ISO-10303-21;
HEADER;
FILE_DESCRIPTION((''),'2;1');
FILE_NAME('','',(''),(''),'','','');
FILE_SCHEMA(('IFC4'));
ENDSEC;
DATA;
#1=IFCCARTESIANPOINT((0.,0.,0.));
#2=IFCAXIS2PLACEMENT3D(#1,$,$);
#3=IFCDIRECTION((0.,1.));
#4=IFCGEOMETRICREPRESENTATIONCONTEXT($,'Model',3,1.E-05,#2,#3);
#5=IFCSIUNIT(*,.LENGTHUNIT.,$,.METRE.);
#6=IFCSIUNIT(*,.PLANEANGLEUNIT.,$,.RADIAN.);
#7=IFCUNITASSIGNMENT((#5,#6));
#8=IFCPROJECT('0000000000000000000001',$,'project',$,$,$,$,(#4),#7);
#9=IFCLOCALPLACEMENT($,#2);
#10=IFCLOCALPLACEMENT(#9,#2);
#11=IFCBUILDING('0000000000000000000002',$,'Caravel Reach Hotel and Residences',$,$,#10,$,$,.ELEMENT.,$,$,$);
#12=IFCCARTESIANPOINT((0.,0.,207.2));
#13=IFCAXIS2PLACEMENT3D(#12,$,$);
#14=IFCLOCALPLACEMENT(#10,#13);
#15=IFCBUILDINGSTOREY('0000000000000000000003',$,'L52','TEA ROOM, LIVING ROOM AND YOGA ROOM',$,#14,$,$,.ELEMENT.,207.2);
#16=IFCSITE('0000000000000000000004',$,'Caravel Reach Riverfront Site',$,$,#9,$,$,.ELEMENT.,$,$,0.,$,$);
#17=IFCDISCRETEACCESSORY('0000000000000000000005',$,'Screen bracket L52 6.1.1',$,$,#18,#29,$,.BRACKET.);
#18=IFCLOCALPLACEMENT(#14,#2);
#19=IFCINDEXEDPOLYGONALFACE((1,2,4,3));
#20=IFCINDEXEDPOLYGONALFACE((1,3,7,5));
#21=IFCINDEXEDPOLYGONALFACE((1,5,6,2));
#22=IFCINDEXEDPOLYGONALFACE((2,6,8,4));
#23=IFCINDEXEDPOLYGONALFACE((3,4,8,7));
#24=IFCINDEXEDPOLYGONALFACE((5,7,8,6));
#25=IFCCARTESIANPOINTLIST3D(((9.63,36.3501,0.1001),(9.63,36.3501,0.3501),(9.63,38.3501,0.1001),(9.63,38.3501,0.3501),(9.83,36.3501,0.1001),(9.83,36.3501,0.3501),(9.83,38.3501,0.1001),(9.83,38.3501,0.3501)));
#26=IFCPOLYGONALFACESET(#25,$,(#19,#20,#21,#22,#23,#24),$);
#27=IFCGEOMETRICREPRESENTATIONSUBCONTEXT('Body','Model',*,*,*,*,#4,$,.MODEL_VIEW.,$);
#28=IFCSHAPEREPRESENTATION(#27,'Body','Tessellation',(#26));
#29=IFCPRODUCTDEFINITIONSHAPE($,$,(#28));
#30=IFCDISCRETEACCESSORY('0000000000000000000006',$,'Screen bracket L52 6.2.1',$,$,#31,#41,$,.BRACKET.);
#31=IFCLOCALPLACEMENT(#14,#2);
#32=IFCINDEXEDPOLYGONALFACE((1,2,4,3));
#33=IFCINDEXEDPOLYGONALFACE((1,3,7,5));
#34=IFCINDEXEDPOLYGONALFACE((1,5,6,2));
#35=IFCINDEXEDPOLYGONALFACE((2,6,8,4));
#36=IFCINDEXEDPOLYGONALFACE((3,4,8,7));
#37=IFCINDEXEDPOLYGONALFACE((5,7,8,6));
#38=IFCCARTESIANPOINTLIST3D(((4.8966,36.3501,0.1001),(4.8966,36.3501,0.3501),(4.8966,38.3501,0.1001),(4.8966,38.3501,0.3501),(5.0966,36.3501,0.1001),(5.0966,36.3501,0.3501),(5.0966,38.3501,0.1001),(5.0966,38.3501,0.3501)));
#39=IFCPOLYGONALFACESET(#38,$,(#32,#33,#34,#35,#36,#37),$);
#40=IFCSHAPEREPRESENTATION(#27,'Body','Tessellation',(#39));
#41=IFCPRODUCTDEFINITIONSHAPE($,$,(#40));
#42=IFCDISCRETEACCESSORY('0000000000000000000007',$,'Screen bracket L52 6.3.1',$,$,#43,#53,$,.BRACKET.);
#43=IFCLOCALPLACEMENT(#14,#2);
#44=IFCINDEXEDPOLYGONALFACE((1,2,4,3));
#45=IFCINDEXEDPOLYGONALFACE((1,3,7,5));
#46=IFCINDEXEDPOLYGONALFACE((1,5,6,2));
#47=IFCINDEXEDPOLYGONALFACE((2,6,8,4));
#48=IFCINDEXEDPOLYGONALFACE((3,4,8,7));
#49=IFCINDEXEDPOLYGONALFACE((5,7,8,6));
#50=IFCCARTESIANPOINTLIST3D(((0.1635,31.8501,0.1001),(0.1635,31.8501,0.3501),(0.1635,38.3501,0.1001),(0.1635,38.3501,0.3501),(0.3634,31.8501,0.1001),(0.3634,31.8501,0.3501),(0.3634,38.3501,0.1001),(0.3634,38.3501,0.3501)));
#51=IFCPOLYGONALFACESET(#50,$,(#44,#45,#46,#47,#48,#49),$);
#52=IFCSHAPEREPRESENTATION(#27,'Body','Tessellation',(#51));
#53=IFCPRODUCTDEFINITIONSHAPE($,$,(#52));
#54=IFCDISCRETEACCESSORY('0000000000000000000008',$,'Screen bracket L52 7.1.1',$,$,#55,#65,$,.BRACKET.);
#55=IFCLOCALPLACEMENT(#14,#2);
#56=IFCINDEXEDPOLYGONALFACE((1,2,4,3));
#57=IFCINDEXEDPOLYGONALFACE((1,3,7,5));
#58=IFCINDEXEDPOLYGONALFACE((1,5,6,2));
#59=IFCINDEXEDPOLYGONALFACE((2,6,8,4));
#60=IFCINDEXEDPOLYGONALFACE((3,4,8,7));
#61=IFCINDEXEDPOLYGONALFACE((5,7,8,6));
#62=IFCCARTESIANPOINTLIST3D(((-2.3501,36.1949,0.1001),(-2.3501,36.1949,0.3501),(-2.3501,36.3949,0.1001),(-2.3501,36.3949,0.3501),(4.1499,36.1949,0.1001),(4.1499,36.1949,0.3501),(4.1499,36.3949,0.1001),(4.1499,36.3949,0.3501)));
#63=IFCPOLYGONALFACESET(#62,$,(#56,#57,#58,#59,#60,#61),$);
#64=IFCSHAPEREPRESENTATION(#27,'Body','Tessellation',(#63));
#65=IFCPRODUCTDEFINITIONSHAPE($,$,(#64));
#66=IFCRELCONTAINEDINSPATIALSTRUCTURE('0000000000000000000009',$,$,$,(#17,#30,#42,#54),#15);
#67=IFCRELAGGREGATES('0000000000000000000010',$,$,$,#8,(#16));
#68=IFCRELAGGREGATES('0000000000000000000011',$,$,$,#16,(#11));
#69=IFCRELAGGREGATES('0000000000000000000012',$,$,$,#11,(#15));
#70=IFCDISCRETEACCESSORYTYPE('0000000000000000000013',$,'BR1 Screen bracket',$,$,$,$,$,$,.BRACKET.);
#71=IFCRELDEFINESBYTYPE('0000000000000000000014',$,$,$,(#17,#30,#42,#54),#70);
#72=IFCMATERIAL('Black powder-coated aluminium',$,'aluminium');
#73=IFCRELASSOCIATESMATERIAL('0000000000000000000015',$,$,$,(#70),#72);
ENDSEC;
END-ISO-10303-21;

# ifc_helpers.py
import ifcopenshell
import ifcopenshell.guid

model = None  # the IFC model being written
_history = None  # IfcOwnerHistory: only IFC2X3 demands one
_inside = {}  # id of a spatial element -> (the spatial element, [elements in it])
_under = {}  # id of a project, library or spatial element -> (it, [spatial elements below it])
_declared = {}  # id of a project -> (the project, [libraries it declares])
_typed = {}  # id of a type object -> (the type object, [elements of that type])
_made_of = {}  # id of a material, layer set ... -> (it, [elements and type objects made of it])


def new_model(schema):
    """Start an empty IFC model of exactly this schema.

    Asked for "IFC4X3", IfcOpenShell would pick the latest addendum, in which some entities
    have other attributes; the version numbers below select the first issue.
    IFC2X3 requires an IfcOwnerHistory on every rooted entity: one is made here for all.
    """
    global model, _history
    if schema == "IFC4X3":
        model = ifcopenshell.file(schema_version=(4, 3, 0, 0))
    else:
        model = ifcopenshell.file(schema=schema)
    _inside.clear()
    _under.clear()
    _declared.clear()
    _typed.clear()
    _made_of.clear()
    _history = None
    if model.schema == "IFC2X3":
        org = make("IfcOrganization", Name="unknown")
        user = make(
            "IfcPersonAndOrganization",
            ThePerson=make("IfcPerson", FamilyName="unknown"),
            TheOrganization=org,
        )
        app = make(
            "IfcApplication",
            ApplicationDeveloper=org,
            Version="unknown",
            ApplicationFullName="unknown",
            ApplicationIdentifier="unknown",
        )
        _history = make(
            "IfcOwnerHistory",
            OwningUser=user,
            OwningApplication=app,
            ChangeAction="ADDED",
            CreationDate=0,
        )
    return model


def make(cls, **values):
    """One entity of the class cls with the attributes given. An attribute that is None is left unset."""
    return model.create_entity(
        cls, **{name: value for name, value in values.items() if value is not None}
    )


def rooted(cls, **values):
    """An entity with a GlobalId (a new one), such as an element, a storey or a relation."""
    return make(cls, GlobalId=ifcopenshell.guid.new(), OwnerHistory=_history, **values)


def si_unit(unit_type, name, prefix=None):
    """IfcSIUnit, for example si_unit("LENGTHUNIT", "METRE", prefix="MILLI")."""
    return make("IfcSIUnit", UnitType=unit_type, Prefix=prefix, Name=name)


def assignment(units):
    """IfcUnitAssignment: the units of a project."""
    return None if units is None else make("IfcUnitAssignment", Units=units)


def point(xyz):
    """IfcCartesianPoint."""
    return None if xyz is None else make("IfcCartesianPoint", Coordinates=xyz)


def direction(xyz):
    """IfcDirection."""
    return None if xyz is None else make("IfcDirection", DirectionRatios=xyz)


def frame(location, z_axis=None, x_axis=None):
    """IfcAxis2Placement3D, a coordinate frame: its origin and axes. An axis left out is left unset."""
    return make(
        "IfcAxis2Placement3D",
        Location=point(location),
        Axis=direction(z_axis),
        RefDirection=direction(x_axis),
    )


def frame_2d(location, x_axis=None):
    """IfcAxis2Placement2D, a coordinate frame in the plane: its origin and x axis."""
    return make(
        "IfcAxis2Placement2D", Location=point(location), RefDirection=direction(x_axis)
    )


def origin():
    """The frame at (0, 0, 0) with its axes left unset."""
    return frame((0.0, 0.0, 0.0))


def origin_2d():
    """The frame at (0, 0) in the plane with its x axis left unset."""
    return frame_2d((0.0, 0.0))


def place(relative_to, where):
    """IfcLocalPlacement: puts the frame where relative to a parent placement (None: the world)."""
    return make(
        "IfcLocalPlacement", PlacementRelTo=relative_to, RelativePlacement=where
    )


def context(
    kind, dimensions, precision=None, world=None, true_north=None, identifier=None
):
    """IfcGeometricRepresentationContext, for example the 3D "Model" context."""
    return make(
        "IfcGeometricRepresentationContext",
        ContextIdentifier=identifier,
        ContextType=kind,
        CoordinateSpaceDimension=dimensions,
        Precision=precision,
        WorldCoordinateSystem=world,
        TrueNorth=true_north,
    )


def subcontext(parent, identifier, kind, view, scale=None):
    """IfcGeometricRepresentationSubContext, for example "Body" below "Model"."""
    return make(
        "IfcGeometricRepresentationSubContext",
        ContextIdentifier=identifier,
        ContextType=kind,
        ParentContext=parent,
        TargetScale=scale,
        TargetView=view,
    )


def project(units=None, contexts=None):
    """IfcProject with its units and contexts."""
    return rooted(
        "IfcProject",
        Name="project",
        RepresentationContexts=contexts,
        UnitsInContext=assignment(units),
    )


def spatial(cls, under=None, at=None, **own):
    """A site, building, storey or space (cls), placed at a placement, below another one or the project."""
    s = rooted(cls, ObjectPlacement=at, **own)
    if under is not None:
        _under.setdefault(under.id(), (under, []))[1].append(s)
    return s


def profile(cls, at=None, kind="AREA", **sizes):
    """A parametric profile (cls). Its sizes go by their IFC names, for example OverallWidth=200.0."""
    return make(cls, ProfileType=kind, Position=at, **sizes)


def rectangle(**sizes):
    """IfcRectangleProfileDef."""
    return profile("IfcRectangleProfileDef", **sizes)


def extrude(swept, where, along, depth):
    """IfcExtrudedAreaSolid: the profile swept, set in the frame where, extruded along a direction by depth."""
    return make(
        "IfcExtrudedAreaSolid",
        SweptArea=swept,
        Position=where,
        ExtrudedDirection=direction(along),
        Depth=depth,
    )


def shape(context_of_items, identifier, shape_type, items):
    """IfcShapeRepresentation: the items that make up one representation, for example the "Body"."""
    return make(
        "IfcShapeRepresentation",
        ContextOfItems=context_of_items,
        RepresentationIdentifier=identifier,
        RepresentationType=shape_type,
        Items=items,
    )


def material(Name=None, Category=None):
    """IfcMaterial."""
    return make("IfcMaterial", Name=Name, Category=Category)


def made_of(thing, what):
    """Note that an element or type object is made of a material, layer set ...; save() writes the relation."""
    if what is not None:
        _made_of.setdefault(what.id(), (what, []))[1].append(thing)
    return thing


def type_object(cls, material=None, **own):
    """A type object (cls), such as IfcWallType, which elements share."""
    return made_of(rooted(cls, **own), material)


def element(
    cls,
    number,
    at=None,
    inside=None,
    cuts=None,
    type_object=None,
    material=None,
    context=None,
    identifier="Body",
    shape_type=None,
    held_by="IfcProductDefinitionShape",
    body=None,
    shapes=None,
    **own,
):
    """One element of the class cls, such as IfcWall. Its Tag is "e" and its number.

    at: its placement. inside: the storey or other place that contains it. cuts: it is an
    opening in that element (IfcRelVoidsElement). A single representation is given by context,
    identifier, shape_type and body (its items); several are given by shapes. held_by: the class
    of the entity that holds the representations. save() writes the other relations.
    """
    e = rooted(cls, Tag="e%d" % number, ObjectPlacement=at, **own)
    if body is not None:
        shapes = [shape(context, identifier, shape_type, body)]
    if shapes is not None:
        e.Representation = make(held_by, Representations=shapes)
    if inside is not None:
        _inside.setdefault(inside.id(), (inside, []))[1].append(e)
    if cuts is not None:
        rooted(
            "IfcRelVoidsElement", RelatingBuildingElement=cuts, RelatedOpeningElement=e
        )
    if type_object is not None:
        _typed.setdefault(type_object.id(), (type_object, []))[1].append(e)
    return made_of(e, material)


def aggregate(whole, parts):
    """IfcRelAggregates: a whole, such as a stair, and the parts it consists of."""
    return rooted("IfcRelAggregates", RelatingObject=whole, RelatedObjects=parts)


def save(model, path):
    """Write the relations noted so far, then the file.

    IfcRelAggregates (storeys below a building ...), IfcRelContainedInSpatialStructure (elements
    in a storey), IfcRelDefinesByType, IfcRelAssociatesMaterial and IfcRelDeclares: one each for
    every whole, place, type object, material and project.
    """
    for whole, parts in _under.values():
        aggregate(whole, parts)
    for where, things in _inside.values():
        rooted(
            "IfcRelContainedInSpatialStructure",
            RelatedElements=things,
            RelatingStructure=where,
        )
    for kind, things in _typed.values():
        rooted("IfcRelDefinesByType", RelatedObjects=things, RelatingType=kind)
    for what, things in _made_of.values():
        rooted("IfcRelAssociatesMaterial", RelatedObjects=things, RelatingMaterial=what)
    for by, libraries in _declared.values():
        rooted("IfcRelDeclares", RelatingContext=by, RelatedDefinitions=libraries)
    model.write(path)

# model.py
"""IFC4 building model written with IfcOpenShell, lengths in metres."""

from ifc_helpers import new_model, si_unit, direction, frame, origin, origin_2d, place, context, subcontext, project, spatial, rectangle, extrude, material, type_object, element, save


model = new_model("IFC4")

# Units and contexts
model_context = context("Model", 3, precision=1e-05, world=origin(), true_north=direction((0.0, 1.0)))
body_context = subcontext(model_context, "Body", "Model", "MODEL_VIEW")
ifc_project = project(units=[si_unit("LENGTHUNIT", "METRE"), si_unit("PLANEANGLEUNIT", "RADIAN")], contexts=[model_context])

# Site, building, storey
site_placement = place(None, origin())
site = spatial("IfcSite", under=ifc_project, at=site_placement, Name="Caravel Reach Riverfront Site", CompositionType="ELEMENT", RefElevation=0.0)
building_placement = place(site_placement, origin())
building = spatial("IfcBuilding", under=site, at=building_placement, Name="Caravel Reach Hotel and Residences", CompositionType="ELEMENT")
storey_placement = place(building_placement, frame((0.0, 0.0, 207.2)))
storey = spatial("IfcBuildingStorey", under=building, at=storey_placement, Name="L52", Description="TEA ROOM, LIVING ROOM AND YOGA ROOM", CompositionType="ELEMENT", Elevation=207.2)

# Discrete accessories
ifc_material_1 = material(Name="Black powder-coated aluminium", Category="aluminium")
discrete_accessory_type = type_object("IfcDiscreteAccessoryType", Name="BR1 Screen bracket", PredefinedType="BRACKET", material=ifc_material_1)
for number, where, z_axis, x_axis, name in (
    (1, (9.73, 37.3501, 0.1001), (0.0, 0.0, 1.0), (0.0, 1.0, 0.0), "Screen bracket L52 6.1.1"),
    (2, (4.9966, 37.3501, 0.1001), (0.0, 0.0, 1.0), (0.0, 1.0, 0.0), "Screen bracket L52 6.2.1"),
):
    element("IfcDiscreteAccessory", number, at=place(storey_placement, frame(where, z_axis=z_axis, x_axis=x_axis)), inside=storey, type_object=discrete_accessory_type, Name=name, PredefinedType="BRACKET", context=body_context, shape_type="SweptSolid", body=[
        extrude(rectangle(XDim=2.0, YDim=0.2, at=origin_2d()), origin(), (0.0, 0.0, 1.0), 0.25),
    ])
for number, where, z_axis, x_axis, name in (
    (3, (0.2634, 35.1001, 0.1001), (0.0, 0.0, 1.0), (0.0, 1.0, 0.0), "Screen bracket L52 6.3.1"),
    (4, (0.8999, 36.2949, 0.1001), (0.0, 0.0, 1.0), (-1.0, 0.0, 0.0), "Screen bracket L52 7.1.1"),
):
    element("IfcDiscreteAccessory", number, at=place(storey_placement, frame(where, z_axis=z_axis, x_axis=x_axis)), inside=storey, type_object=discrete_accessory_type, Name=name, PredefinedType="BRACKET", context=body_context, shape_type="SweptSolid", body=[
        extrude(rectangle(XDim=6.5, YDim=0.2, at=origin_2d()), origin(), (0.0, 0.0, 1.0), 0.25),
    ])

save(model, "model.ifc")
